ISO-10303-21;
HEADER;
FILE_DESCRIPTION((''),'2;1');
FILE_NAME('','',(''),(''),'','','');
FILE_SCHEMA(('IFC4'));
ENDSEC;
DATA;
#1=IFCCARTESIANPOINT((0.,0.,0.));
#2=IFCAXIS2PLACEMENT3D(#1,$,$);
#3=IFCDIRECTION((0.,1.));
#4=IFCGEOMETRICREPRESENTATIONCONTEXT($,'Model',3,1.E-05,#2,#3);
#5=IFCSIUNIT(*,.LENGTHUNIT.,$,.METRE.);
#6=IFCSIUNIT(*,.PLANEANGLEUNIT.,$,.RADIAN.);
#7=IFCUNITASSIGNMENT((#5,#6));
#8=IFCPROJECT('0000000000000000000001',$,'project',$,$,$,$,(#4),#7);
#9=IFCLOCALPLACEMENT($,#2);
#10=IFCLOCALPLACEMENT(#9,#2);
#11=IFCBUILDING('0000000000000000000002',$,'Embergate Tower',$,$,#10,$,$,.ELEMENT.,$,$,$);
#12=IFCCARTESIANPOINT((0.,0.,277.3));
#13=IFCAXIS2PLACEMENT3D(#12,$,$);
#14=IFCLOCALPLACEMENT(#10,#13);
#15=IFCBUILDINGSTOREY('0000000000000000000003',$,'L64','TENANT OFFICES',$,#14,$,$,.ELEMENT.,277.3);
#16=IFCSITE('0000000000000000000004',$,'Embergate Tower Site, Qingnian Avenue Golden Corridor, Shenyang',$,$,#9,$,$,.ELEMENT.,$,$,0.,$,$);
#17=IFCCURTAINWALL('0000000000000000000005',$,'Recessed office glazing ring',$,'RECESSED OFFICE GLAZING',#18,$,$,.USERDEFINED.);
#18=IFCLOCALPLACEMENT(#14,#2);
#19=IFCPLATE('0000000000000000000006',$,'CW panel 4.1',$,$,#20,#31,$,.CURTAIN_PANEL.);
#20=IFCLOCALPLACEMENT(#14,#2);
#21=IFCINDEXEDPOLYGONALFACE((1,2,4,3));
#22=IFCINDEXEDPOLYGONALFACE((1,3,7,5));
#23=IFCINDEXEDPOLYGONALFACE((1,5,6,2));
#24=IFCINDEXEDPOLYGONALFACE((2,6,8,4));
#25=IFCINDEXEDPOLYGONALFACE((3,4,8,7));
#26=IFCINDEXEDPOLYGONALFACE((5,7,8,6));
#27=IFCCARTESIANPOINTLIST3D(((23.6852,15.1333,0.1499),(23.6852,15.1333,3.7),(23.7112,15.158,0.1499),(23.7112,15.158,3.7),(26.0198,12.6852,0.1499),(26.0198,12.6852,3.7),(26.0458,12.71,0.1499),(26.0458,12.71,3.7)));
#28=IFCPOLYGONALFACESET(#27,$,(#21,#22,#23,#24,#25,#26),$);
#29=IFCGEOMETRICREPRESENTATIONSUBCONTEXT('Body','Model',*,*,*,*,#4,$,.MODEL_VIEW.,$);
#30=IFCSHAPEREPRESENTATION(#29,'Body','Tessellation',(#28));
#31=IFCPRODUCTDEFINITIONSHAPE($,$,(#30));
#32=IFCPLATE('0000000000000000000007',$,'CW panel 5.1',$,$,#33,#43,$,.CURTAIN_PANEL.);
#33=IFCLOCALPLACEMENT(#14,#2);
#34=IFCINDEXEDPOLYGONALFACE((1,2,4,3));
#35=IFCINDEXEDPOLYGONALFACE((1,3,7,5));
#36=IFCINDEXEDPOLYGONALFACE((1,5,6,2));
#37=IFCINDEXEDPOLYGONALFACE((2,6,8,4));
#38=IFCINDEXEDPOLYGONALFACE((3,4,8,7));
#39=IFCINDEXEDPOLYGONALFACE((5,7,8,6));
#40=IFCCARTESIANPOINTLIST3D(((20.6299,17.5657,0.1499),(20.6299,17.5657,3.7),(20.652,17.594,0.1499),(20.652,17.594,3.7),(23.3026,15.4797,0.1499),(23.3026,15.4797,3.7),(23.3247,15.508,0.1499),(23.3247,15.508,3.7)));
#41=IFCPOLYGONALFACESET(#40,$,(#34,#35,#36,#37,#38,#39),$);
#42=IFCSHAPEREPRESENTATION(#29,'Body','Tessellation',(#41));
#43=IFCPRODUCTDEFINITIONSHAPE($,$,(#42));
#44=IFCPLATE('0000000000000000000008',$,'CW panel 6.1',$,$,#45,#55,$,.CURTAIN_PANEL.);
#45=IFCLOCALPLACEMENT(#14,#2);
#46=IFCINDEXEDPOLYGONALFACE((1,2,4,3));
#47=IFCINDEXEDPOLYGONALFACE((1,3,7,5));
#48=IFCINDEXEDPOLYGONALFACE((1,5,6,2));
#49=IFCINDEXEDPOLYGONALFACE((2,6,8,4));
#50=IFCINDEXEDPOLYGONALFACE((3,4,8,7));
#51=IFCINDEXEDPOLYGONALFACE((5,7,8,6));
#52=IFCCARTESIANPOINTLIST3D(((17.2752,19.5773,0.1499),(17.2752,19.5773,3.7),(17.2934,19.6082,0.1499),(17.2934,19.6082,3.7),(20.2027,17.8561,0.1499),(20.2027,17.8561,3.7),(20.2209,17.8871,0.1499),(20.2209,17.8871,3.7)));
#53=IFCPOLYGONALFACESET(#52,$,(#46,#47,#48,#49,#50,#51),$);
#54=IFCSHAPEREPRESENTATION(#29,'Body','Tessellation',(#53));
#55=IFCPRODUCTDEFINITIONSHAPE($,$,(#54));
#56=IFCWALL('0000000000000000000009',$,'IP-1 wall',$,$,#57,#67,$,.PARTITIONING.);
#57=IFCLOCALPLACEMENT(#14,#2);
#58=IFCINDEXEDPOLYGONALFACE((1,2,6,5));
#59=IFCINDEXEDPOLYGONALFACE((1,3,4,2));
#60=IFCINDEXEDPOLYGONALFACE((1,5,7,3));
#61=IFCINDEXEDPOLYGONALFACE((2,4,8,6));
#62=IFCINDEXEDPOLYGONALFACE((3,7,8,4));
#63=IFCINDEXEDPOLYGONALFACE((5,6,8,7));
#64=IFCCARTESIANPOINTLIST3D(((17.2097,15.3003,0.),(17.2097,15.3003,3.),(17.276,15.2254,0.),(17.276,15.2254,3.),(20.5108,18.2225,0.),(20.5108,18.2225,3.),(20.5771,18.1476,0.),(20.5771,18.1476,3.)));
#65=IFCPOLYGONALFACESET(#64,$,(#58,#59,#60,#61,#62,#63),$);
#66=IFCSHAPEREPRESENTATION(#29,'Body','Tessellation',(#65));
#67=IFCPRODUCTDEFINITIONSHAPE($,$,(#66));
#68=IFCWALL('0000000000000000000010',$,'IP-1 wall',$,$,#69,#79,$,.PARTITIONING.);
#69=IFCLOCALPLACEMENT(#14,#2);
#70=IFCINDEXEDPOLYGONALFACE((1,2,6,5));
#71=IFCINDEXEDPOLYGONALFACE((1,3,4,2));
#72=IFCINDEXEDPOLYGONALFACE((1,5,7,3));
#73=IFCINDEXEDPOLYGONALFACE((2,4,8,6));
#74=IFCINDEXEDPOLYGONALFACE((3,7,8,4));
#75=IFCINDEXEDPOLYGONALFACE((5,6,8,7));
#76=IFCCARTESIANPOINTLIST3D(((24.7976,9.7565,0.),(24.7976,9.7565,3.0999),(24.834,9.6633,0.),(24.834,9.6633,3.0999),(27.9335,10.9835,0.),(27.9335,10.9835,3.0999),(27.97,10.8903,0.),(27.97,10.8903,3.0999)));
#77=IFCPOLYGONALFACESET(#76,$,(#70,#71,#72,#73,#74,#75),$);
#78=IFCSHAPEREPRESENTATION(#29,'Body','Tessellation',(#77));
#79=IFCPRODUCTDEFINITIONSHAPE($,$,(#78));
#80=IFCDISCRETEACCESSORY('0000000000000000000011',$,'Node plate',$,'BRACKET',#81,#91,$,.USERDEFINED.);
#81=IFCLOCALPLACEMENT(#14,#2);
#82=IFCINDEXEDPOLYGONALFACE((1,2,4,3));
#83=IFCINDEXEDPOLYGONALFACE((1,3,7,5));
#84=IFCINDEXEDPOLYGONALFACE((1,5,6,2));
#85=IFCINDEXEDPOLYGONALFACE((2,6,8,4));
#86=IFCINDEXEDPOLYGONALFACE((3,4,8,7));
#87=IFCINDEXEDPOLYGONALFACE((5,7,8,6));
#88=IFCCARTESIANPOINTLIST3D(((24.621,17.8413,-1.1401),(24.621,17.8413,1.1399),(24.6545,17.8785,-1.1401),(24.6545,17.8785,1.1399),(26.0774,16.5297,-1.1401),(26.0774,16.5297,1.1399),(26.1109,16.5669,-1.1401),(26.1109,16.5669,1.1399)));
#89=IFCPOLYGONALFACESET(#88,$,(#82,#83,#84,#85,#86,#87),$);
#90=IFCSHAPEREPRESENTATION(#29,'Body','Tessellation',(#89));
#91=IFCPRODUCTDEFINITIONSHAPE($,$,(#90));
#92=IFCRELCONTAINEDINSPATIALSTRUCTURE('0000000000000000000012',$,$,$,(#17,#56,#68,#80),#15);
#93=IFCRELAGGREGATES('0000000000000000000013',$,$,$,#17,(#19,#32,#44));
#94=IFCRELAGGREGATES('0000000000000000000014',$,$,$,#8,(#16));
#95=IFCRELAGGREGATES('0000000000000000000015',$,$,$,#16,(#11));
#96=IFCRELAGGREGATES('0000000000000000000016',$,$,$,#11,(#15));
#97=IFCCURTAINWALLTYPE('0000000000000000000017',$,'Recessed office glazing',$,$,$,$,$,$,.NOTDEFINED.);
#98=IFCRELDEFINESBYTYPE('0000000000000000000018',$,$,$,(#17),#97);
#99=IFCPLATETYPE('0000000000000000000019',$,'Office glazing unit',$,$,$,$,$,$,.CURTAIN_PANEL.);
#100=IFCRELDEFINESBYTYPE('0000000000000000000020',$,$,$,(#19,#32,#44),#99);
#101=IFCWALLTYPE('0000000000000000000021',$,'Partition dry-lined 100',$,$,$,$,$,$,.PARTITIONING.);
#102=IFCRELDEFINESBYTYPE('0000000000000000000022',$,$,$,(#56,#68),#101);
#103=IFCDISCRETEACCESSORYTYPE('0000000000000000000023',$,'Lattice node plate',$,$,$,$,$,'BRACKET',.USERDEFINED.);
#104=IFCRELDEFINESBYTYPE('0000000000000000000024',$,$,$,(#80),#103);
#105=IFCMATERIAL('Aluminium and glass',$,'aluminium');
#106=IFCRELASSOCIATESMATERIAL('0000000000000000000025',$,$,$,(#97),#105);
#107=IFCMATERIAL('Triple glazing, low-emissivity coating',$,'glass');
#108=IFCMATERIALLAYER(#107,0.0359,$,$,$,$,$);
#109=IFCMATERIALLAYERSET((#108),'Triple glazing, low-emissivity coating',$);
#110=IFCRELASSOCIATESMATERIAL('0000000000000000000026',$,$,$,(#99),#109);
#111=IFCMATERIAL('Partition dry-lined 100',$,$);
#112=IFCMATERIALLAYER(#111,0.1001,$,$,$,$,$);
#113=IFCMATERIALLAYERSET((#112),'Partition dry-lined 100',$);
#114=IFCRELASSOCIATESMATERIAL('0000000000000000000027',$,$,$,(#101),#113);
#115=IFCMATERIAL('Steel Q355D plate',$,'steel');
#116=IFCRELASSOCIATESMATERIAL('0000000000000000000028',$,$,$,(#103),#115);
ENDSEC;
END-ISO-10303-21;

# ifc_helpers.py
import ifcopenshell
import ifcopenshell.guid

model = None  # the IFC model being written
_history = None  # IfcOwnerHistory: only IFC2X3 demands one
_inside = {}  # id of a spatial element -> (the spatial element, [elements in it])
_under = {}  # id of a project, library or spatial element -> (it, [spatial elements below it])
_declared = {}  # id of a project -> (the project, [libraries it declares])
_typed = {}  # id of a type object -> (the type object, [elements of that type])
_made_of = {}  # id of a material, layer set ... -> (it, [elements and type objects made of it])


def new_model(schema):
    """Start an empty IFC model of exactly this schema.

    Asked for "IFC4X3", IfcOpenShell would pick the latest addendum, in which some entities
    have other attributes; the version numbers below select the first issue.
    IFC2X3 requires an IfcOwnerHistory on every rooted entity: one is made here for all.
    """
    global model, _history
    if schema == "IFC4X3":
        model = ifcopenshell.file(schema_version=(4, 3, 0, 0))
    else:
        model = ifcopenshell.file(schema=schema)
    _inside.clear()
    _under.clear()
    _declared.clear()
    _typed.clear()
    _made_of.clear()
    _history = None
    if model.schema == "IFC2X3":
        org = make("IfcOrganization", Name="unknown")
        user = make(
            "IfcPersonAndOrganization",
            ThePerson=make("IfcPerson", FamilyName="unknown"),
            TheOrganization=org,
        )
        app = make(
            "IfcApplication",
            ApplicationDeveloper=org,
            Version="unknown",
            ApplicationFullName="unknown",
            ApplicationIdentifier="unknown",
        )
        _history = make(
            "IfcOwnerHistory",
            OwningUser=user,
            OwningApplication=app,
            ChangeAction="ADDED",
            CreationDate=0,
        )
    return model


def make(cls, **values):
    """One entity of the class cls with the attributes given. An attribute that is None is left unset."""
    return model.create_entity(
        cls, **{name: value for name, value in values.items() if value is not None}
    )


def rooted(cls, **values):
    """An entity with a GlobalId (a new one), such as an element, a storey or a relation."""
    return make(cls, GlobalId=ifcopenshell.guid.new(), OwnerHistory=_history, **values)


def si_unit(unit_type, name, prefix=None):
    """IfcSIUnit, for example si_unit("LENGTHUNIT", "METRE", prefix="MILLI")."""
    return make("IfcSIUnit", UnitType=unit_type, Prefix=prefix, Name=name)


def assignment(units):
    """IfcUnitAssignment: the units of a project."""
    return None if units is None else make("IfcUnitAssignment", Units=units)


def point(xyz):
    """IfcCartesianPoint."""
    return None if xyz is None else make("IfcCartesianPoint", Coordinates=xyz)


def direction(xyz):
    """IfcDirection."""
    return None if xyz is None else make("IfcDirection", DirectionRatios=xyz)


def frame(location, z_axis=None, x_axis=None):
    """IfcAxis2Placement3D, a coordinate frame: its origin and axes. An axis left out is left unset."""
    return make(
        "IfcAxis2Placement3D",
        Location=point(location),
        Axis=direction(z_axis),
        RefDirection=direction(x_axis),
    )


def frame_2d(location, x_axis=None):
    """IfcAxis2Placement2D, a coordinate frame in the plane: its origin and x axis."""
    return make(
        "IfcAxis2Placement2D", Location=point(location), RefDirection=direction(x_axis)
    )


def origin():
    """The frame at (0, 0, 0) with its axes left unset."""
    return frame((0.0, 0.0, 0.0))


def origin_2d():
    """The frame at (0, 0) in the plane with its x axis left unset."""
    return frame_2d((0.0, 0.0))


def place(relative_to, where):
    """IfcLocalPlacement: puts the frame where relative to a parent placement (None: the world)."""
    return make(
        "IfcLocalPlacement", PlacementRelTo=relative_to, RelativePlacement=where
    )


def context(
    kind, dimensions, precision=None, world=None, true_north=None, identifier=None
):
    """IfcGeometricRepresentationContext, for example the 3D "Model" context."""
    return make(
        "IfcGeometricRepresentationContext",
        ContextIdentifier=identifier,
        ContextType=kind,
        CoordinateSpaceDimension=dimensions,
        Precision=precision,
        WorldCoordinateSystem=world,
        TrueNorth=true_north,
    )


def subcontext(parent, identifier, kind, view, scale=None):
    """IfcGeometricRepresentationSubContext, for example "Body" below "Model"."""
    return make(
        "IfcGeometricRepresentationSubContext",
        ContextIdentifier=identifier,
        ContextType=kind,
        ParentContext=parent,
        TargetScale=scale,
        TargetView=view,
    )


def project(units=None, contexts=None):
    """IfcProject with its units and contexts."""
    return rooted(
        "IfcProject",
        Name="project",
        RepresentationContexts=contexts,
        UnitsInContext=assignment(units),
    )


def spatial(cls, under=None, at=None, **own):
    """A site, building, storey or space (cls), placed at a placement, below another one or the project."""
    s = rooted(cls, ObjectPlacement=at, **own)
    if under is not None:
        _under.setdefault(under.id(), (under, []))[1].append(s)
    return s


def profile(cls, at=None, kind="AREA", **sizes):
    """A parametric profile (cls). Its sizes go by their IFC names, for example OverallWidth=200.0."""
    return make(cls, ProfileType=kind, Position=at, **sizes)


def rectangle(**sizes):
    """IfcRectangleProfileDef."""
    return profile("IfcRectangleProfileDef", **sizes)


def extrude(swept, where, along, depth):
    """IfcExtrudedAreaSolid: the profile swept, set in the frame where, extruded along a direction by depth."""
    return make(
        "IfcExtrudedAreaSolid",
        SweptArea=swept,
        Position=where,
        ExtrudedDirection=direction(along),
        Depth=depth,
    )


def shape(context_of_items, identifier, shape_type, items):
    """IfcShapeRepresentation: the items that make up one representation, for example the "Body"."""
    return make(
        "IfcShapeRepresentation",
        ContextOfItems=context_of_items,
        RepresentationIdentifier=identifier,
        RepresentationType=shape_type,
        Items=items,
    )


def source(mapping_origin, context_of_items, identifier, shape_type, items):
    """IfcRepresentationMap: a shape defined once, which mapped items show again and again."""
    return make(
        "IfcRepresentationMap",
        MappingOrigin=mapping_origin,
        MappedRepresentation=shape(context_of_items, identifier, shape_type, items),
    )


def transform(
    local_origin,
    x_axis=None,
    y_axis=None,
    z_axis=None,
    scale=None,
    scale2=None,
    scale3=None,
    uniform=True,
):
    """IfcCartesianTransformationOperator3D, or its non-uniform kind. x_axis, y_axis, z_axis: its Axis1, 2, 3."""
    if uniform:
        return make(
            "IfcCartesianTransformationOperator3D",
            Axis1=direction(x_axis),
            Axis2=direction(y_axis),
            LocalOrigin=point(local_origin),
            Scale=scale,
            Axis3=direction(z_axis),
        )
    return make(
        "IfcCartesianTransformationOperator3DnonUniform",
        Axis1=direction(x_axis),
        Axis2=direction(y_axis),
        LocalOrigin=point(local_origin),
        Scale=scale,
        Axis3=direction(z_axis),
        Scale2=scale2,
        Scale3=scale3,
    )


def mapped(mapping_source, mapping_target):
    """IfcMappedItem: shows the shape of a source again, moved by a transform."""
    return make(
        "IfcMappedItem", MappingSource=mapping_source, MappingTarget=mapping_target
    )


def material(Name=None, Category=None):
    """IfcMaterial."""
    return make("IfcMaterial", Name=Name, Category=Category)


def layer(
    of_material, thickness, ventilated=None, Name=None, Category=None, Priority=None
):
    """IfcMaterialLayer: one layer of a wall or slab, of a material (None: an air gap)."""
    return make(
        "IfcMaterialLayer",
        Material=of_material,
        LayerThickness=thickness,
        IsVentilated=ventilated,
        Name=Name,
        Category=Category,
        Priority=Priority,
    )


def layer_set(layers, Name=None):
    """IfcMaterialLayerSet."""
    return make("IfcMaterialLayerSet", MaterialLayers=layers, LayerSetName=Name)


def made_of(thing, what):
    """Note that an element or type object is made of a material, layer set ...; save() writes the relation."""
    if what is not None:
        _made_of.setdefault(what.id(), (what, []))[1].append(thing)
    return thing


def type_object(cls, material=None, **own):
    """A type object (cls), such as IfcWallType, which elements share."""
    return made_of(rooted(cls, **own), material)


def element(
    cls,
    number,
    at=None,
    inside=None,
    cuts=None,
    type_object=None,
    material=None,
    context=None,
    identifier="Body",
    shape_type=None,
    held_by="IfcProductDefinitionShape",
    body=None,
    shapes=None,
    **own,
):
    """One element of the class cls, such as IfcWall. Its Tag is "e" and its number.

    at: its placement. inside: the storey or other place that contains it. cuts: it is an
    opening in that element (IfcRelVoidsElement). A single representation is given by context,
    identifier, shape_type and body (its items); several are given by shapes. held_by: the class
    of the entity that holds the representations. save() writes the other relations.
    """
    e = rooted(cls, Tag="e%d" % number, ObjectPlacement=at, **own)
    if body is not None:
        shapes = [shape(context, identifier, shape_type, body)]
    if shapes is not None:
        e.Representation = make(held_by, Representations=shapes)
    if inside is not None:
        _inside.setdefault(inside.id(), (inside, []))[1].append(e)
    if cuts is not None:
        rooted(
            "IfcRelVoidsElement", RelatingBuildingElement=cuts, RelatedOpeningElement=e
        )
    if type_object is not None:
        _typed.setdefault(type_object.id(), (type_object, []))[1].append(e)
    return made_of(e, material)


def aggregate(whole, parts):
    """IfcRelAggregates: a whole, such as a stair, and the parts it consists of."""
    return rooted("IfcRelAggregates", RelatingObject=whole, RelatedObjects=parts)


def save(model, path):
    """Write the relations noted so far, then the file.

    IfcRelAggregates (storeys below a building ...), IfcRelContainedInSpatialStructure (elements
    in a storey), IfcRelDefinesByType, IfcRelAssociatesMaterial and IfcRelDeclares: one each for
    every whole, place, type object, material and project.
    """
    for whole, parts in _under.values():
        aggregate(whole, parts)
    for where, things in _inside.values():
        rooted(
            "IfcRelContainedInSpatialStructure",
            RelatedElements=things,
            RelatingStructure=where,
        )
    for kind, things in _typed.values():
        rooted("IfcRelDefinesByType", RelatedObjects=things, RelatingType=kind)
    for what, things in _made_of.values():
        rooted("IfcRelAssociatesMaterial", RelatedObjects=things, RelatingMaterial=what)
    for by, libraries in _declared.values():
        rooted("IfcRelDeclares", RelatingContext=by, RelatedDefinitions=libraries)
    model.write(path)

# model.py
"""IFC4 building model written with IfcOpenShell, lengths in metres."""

from ifc_helpers import new_model, si_unit, direction, frame, frame_2d, origin, origin_2d, place, context, subcontext, project, spatial, rectangle, extrude, source, transform, mapped, material, layer, layer_set, type_object, element, aggregate, save


model = new_model("IFC4")

# Units and contexts
model_context = context("Model", 3, precision=1e-05, world=origin(), true_north=direction((0.0, 1.0)))
body_context = subcontext(model_context, "Body", "Model", "MODEL_VIEW")
ifc_project = project(units=[si_unit("LENGTHUNIT", "METRE"), si_unit("PLANEANGLEUNIT", "RADIAN")], contexts=[model_context])

# Site, building, storey
site_placement = place(None, origin())
site = spatial("IfcSite", under=ifc_project, at=site_placement, Name="Embergate Tower Site, Qingnian Avenue Golden Corridor, Shenyang", CompositionType="ELEMENT", RefElevation=0.0)
building_placement = place(site_placement, origin())
building = spatial("IfcBuilding", under=site, at=building_placement, Name="Embergate Tower", CompositionType="ELEMENT")
storey_placement = place(building_placement, frame((0.0, 0.0, 277.3)))
storey = spatial("IfcBuildingStorey", under=building, at=storey_placement, Name="L64", Description="TENANT OFFICES", CompositionType="ELEMENT", Elevation=277.3)

# Curtain wall, plates
ifc_material_1 = material(Name="Aluminium and glass", Category="aluminium")
curtain_wall_type = type_object("IfcCurtainWallType", Name="Recessed office glazing", PredefinedType="NOTDEFINED", material=ifc_material_1)
curtain_wall_placement = place(storey_placement, origin())
curtain_wall = element("IfcCurtainWall", 1, at=curtain_wall_placement, inside=storey, type_object=curtain_wall_type, Name="Recessed office glazing ring", ObjectType="RECESSED OFFICE GLAZING", PredefinedType="USERDEFINED")
ifc_material_2 = material(Name="Triple glazing, low-emissivity coating", Category="glass")
ifc_layer_1 = layer(ifc_material_2, 0.0359)
ifc_layer_set_1 = layer_set([ifc_layer_1], Name="Triple glazing, low-emissivity coating")
plate_type = type_object("IfcPlateType", Name="Office glazing unit", PredefinedType="CURTAIN_PANEL", material=ifc_layer_set_1)
shared_shape_1 = source(origin(), body_context, "Body", "SweptSolid", [
    extrude(rectangle(XDim=3.3828, YDim=0.0359, at=origin_2d()), origin(), (0.0, 0.0, 1.0), 3.55),
])
plate_1_placement = place(storey_placement, frame((24.8655, 13.9216, 0.1499), z_axis=(0.0, 0.0, 1.0), x_axis=(-0.690139, 0.723677, 0.0)))
plate_1 = element("IfcPlate", 2, at=plate_1_placement, type_object=plate_type, Name="CW panel 4.1", PredefinedType="CURTAIN_PANEL", context=body_context, shape_type="MappedRepresentation", body=[
    mapped(shared_shape_1, transform((0.0, 0.0, 0.0))),
])
shared_shape_2 = source(origin(), body_context, "Body", "SweptSolid", [
    extrude(rectangle(XDim=3.3904, YDim=0.0359, at=origin_2d()), origin(), (0.0, 0.0, 1.0), 3.55),
])
plate_2_placement = place(storey_placement, frame((21.9773, 16.5369, 0.1499), z_axis=(0.0, 0.0, 1.0), x_axis=(-0.788323, 0.615261, 0.0)))
plate_2 = element("IfcPlate", 3, at=plate_2_placement, type_object=plate_type, Name="CW panel 5.1", PredefinedType="CURTAIN_PANEL", context=body_context, shape_type="MappedRepresentation", body=[
    mapped(shared_shape_2, transform((0.0, 0.0, 0.0))),
])
shared_shape_3 = source(origin(), body_context, "Body", "SweptSolid", [
    extrude(rectangle(XDim=3.396, YDim=0.0359, at=origin_2d()), origin(), (0.0, 0.0, 1.0), 3.55),
])
plate_3_placement = place(storey_placement, frame((18.748, 18.7322, 0.1499), z_axis=(0.0, 0.0, 1.0), x_axis=(-0.862055, 0.506815, 0.0)))
plate_3 = element("IfcPlate", 4, at=plate_3_placement, type_object=plate_type, Name="CW panel 6.1", PredefinedType="CURTAIN_PANEL", context=body_context, shape_type="MappedRepresentation", body=[
    mapped(shared_shape_3, transform((0.0, 0.0, 0.0))),
])
aggregate(curtain_wall, [plate_1, plate_2, plate_3])

# Walls
ifc_material_3 = material(Name="Partition dry-lined 100")
ifc_layer_2 = layer(ifc_material_3, 0.1001)
ifc_layer_set_2 = layer_set([ifc_layer_2], Name="Partition dry-lined 100")
wall_type = type_object("IfcWallType", Name="Partition dry-lined 100", PredefinedType="PARTITIONING", material=ifc_layer_set_2)
shared_shape_4 = source(origin(), body_context, "Body", "SweptSolid", [
    extrude(rectangle(XDim=4.4087, YDim=0.1001, at=frame_2d((2.2043, 0.0))), origin(), (0.0, 0.0, 1.0), 3.0),
])
wall_1_placement = place(storey_placement, frame((20.5439, 18.1851, 0.0), z_axis=(0.0, 0.0, 1.0), x_axis=(-0.748773, -0.662826, 0.0)))
element("IfcWall", 5, at=wall_1_placement, inside=storey, type_object=wall_type, Name="IP-1 wall", PredefinedType="PARTITIONING", context=body_context, shape_type="MappedRepresentation", body=[
    mapped(shared_shape_4, transform((0.0, 0.0, 0.0))),
])
shared_shape_5 = source(origin(), body_context, "Body", "SweptSolid", [
    extrude(rectangle(XDim=3.3674, YDim=0.1001, at=frame_2d((1.6836, 0.0))), origin(), (0.0, 0.0, 1.0), 3.0999),
])
wall_2_placement = place(storey_placement, frame((24.8159, 9.71, 0.0), z_axis=(0.0, 0.0, 1.0), x_axis=(0.93125, 0.36438, 0.0)))
element("IfcWall", 6, at=wall_2_placement, inside=storey, type_object=wall_type, Name="IP-1 wall", PredefinedType="PARTITIONING", context=body_context, shape_type="MappedRepresentation", body=[
    mapped(shared_shape_5, transform((0.0, 0.0, 0.0))),
])

# Discrete accessory
ifc_material_4 = material(Name="Steel Q355D plate", Category="steel")
discrete_accessory_type = type_object("IfcDiscreteAccessoryType", Name="Lattice node plate", ElementType="BRACKET", PredefinedType="USERDEFINED", material=ifc_material_4)
shared_shape_6 = source(origin(), body_context, "Body", "SweptSolid", [
    extrude(rectangle(XDim=1.96, YDim=0.05, at=origin_2d()), origin(), (0.0, 0.0, 1.0), 2.28),
])
discrete_accessory_placement = place(storey_placement, frame((25.366, 17.2041, -1.1401), z_axis=(0.0, 0.0, 1.0), x_axis=(-0.743075, 0.669208, 0.0)))
element("IfcDiscreteAccessory", 7, at=discrete_accessory_placement, inside=storey, type_object=discrete_accessory_type, Name="Node plate", ObjectType="BRACKET", PredefinedType="USERDEFINED", context=body_context, shape_type="MappedRepresentation", body=[
    mapped(shared_shape_6, transform((0.0, 0.0, 0.0))),
])

save(model, "model.ifc")
